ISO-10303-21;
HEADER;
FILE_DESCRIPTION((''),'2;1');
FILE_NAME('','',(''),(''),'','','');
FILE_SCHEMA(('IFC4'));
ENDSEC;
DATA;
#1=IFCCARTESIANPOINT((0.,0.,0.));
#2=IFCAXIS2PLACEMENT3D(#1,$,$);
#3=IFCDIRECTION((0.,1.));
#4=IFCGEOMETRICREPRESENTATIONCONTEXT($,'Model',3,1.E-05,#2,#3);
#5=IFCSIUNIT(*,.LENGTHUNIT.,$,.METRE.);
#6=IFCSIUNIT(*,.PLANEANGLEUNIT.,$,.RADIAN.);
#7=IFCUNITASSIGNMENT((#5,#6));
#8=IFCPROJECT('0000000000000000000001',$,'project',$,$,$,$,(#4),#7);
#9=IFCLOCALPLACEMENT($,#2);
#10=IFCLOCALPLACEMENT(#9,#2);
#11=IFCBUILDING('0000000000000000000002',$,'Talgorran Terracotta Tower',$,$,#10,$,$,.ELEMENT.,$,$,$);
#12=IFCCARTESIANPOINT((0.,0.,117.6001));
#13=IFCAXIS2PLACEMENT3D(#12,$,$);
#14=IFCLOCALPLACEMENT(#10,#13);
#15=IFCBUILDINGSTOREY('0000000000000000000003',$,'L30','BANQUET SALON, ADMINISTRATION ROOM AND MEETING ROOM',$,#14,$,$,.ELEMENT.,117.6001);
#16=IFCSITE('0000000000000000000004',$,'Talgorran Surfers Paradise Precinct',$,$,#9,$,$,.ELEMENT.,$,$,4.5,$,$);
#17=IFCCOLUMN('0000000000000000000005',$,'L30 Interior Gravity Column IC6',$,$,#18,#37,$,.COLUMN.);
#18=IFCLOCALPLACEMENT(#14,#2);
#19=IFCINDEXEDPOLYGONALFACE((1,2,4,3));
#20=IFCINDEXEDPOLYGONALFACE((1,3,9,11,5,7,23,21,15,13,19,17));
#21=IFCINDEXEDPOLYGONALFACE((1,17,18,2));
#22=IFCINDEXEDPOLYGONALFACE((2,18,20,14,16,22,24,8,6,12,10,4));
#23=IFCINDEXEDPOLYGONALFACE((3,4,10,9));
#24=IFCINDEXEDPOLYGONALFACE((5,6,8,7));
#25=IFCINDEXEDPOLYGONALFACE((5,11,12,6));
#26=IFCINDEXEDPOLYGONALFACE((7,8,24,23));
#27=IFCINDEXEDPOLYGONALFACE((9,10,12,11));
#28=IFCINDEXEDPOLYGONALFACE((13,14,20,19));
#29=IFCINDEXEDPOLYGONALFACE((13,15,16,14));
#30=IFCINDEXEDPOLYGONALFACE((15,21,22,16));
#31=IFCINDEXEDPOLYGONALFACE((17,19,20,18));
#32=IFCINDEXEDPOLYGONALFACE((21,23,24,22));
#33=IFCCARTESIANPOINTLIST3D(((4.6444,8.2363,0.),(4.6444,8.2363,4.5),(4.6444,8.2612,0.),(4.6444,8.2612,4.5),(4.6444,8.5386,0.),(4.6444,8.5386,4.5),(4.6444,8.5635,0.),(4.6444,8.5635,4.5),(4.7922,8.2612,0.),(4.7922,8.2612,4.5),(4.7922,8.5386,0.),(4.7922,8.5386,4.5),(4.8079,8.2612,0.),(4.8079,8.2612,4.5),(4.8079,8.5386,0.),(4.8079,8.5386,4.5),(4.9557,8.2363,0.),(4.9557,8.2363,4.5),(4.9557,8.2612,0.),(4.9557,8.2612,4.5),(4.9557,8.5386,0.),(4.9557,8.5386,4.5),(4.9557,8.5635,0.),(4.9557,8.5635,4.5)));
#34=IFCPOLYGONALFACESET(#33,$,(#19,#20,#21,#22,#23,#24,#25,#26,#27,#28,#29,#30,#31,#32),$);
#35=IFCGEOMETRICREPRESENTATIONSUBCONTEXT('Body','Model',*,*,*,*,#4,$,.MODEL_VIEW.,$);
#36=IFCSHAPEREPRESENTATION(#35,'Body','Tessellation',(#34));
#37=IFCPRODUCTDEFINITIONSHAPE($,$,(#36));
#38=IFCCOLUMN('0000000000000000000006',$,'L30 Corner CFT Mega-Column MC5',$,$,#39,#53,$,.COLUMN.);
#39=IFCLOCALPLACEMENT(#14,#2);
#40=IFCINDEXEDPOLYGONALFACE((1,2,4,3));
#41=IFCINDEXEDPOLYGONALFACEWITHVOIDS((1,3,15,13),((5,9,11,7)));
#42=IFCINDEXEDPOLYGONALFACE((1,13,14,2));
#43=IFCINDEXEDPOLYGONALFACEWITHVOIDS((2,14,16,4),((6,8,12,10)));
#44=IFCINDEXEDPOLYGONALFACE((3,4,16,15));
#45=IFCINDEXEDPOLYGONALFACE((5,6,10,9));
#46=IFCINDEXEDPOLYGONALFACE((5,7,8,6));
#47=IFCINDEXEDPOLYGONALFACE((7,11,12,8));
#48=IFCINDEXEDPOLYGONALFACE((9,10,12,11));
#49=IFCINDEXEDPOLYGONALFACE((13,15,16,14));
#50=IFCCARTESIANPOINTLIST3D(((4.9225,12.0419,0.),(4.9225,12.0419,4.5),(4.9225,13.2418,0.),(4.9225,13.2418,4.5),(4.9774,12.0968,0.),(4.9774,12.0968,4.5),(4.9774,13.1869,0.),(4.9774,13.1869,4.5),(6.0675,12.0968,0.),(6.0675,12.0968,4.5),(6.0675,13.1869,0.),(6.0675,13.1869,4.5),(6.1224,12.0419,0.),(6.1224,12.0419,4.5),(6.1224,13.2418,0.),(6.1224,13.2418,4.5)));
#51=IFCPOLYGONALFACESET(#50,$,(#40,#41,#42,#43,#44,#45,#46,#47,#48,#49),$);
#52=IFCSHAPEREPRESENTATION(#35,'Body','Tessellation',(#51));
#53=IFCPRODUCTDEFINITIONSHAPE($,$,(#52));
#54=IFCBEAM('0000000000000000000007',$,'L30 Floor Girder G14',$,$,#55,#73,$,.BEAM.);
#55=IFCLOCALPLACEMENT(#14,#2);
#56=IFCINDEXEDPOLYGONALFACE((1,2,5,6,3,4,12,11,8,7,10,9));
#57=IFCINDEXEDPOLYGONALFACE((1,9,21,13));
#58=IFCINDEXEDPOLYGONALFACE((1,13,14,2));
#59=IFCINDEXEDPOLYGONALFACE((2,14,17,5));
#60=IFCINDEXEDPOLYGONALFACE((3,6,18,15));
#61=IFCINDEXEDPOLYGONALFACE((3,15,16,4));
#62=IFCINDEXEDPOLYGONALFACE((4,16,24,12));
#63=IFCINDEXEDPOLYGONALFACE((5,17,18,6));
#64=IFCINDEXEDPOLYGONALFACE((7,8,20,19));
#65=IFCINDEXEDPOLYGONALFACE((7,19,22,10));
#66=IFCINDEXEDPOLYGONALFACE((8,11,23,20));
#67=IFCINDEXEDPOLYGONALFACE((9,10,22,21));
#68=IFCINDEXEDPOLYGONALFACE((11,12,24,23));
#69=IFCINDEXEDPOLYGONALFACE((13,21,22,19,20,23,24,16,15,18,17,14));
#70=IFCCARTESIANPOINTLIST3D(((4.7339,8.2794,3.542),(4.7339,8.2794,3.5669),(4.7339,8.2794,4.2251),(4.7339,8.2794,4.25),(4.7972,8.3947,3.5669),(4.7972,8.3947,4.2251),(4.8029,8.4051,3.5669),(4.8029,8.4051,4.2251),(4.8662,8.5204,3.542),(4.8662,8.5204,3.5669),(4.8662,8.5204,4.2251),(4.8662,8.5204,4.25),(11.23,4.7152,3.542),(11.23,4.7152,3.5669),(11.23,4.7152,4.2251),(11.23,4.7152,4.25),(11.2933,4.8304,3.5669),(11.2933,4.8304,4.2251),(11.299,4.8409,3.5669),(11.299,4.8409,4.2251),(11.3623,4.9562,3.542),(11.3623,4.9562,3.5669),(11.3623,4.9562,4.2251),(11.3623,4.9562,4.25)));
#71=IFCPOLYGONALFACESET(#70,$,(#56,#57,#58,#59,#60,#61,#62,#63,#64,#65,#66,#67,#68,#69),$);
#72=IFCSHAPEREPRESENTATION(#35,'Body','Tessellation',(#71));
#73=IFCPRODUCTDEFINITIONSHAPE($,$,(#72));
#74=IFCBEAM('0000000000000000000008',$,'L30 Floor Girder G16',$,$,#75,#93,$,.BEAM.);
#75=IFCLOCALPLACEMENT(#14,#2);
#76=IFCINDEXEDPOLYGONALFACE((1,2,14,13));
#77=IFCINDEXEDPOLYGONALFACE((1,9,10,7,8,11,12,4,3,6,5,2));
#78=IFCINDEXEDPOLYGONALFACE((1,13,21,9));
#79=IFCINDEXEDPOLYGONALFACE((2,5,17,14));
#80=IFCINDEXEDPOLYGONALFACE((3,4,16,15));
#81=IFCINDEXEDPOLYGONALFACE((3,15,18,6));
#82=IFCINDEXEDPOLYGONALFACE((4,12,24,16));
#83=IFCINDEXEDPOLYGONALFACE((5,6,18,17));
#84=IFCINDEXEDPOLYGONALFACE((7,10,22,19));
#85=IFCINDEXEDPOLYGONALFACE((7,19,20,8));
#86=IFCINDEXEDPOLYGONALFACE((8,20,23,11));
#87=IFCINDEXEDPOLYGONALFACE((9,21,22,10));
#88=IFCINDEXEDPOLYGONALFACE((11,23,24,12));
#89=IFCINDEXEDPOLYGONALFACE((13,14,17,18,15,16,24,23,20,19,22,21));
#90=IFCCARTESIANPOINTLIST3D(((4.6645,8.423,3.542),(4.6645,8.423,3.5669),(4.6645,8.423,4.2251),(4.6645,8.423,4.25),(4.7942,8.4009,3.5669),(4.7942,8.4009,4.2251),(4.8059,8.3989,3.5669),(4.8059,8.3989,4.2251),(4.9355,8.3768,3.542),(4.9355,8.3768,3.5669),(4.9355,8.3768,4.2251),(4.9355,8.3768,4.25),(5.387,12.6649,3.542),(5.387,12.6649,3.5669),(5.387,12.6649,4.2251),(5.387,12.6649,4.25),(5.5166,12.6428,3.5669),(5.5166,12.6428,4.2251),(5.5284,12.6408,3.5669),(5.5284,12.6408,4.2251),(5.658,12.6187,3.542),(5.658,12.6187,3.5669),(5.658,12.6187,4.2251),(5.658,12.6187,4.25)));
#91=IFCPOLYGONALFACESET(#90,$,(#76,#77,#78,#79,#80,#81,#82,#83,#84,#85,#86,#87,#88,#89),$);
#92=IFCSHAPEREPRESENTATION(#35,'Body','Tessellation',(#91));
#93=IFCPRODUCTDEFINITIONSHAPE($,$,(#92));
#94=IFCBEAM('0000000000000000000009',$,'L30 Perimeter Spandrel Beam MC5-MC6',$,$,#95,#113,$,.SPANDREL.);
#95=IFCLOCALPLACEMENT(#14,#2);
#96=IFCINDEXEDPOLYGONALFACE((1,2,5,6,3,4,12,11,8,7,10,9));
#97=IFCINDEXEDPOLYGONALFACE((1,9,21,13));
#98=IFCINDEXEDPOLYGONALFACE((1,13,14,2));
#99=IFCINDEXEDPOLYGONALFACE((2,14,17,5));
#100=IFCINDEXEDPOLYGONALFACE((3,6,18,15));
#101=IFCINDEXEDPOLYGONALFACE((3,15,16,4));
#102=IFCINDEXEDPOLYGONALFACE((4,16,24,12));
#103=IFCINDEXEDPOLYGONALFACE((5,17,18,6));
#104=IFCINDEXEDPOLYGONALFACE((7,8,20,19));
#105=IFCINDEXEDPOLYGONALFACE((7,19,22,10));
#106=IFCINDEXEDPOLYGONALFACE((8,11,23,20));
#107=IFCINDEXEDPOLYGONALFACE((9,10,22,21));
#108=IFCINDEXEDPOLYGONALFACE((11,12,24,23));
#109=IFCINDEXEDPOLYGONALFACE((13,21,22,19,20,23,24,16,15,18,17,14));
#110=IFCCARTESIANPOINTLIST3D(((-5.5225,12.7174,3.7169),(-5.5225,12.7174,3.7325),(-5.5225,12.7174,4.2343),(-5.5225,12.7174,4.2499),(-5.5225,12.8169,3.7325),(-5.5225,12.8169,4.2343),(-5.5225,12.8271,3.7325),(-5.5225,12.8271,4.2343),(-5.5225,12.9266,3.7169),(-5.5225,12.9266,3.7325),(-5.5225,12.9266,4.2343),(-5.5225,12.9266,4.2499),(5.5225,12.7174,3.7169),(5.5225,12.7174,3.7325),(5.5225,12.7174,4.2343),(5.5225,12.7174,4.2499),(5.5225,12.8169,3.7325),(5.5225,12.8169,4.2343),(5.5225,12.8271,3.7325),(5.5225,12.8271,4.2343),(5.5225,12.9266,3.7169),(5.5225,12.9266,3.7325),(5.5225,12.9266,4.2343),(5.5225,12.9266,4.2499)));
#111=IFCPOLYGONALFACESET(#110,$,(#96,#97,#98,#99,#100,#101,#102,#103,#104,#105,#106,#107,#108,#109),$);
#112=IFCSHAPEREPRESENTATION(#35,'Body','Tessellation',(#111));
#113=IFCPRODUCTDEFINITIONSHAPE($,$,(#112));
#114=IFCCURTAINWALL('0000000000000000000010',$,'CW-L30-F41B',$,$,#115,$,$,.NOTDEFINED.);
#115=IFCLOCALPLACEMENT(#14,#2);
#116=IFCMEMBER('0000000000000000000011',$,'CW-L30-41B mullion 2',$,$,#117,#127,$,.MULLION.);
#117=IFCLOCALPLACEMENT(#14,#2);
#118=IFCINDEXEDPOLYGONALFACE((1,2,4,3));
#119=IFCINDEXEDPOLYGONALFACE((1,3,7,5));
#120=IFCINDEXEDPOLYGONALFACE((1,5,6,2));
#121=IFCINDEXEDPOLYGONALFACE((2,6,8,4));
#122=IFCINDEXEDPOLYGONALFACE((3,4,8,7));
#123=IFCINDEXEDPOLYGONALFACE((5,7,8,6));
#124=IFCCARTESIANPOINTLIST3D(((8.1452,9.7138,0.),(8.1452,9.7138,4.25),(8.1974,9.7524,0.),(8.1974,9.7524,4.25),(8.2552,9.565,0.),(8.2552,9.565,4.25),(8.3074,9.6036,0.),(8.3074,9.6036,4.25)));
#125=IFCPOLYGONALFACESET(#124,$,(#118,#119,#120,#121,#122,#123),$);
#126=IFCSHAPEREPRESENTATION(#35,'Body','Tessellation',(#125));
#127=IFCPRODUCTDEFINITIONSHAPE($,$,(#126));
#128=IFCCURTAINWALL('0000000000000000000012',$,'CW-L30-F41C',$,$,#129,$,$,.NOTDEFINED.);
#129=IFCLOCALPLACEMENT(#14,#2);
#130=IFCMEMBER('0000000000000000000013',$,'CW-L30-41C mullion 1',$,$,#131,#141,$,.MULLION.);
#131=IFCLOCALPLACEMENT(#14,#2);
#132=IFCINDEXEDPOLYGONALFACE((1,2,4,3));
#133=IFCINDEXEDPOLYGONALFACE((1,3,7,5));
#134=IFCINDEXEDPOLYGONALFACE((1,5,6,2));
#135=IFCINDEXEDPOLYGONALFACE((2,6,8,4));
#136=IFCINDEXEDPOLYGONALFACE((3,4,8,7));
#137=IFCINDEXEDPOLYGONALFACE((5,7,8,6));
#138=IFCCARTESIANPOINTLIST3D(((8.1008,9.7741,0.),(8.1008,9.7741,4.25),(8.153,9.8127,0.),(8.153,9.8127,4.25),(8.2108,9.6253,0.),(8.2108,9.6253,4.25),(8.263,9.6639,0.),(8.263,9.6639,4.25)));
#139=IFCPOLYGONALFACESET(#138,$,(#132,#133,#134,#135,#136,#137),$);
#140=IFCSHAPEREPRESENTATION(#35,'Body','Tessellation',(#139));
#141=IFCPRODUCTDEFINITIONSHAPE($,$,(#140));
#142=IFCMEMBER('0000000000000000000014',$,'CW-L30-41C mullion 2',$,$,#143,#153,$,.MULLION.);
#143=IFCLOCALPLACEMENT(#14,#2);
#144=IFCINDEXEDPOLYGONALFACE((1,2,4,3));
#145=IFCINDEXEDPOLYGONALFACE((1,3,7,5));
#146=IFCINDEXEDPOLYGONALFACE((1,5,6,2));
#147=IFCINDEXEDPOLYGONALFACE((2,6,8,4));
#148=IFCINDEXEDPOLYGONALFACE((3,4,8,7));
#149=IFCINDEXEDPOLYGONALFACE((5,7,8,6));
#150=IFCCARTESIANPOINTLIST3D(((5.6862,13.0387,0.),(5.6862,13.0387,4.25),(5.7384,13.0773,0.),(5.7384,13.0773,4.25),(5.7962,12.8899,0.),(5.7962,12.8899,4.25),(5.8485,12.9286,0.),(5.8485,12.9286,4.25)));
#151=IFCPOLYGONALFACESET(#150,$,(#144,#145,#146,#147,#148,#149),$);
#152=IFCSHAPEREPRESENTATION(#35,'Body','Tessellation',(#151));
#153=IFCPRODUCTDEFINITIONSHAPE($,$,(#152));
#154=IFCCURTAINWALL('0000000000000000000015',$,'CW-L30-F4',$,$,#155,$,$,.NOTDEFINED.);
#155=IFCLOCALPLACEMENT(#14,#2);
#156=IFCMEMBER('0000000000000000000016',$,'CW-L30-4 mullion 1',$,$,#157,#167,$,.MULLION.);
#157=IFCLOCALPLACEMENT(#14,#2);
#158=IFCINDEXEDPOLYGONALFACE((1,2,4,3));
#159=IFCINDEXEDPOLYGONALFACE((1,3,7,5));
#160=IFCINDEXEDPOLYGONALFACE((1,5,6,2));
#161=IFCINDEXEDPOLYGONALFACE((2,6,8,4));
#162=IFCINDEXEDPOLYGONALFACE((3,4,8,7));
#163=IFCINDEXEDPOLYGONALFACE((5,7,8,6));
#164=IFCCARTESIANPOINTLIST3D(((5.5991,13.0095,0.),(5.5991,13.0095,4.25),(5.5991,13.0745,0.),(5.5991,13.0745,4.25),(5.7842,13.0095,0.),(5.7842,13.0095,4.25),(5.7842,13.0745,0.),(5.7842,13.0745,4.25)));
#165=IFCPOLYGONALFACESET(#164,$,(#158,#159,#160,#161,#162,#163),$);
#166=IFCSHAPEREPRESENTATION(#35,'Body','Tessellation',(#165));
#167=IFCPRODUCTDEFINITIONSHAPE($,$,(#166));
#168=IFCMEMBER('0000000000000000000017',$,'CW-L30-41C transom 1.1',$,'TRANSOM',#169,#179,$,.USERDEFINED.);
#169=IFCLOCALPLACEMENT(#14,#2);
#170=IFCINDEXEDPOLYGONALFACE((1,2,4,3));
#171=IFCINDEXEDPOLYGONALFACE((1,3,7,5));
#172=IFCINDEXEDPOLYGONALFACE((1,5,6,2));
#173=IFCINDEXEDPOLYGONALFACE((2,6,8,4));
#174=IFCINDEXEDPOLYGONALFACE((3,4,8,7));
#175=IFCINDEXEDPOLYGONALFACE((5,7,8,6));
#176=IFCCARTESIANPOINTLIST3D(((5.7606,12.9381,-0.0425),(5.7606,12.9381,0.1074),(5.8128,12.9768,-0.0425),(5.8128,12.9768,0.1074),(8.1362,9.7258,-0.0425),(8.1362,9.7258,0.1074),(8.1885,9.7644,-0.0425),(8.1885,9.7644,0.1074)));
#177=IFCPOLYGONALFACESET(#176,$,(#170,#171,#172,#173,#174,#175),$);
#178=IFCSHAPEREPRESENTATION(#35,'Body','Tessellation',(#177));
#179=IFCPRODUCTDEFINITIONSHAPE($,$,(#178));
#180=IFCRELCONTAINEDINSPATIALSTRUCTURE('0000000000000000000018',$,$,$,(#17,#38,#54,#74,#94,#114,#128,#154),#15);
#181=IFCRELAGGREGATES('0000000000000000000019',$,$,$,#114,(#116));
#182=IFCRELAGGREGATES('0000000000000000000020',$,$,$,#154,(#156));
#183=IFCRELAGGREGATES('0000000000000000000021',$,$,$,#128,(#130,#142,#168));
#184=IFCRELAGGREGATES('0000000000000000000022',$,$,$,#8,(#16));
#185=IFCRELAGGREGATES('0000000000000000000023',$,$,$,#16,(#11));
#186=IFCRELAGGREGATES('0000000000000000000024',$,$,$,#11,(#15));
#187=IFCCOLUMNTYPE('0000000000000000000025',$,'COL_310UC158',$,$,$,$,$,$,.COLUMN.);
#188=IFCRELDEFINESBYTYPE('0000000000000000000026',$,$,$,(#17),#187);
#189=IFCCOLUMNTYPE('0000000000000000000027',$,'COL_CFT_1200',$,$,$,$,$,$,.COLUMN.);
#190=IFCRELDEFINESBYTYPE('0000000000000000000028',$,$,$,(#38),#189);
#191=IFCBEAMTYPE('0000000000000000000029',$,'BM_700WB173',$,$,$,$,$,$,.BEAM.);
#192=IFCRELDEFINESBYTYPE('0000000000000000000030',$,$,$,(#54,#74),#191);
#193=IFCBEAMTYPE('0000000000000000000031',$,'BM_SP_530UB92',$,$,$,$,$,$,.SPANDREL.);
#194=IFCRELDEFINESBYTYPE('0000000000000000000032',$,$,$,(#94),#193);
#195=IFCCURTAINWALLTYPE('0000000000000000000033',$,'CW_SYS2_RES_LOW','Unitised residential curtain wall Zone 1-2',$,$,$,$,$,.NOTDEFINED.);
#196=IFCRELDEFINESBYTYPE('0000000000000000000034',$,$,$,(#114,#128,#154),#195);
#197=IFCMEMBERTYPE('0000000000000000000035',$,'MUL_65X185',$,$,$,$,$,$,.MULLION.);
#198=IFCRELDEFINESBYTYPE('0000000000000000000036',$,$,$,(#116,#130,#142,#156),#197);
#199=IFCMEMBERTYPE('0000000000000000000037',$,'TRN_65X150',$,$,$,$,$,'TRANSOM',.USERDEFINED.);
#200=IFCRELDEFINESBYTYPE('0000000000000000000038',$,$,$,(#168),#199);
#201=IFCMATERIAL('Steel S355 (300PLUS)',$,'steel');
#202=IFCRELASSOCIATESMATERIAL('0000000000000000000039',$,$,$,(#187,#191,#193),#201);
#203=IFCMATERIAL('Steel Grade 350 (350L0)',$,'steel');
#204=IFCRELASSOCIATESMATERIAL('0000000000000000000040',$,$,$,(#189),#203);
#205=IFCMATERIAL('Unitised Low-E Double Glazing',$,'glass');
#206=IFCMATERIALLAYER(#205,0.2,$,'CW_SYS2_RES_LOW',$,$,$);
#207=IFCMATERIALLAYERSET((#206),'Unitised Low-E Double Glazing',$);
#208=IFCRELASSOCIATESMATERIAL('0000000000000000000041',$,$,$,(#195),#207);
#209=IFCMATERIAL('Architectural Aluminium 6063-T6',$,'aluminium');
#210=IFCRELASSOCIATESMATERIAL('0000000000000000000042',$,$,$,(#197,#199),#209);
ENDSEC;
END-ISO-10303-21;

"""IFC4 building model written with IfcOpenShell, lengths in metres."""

from ifc_helpers import new_model, si_unit, direction, frame, origin, origin_2d, place, context, subcontext, project, spatial, rectangle, hollow_rectangle, i_section, extrude, material, layer, layer_set, material_profile, profile_set, type_object, element, aggregate, save


model = new_model("IFC4")

# Units and contexts
model_context = context("Model", 3, precision=1e-05, world=origin(), true_north=direction((0.0, 1.0)))
body_context = subcontext(model_context, "Body", "Model", "MODEL_VIEW")
ifc_project = project(units=[si_unit("LENGTHUNIT", "METRE"), si_unit("PLANEANGLEUNIT", "RADIAN")], contexts=[model_context])

# Site, building, storey
site_placement = place(None, origin())
site = spatial("IfcSite", under=ifc_project, at=site_placement, Name="Talgorran Surfers Paradise Precinct", CompositionType="ELEMENT", RefElevation=4.5)
building_placement = place(site_placement, origin())
building = spatial("IfcBuilding", under=site, at=building_placement, Name="Talgorran Terracotta Tower", CompositionType="ELEMENT")
storey_placement = place(building_placement, frame((0.0, 0.0, 117.6001)))
storey = spatial("IfcBuildingStorey", under=building, at=storey_placement, Name="L30", Description="BANQUET SALON, ADMINISTRATION ROOM AND MEETING ROOM", CompositionType="ELEMENT", Elevation=117.6001)

# Columns
ifc_material_1 = material(Name="Steel S355 (300PLUS)", Category="steel")
ifc_material_profile_1 = material_profile(ifc_material_1, i_section(OverallWidth=0.3113, OverallDepth=0.3271, WebThickness=0.0156, FlangeThickness=0.0249, at=origin_2d()), Name="310UC158")
ifc_profile_set_1 = profile_set([ifc_material_profile_1], Name="Steel S355 (300PLUS)")
column_type_1 = type_object("IfcColumnType", Name="COL_310UC158", PredefinedType="COLUMN", material=ifc_profile_set_1)
column_1_placement = place(storey_placement, frame((4.8, 8.3999, 0.0), z_axis=(0.0, 0.0, 1.0), x_axis=(1.0, 0.0, 0.0)))
element("IfcColumn", 1, at=column_1_placement, inside=storey, type_object=column_type_1, Name="L30 Interior Gravity Column IC6", PredefinedType="COLUMN", context=body_context, shape_type="SweptSolid", body=[
    extrude(i_section(OverallWidth=0.3113, OverallDepth=0.3271, WebThickness=0.0156, FlangeThickness=0.0249, at=origin_2d()), origin(), (0.0, 0.0, 1.0), 4.5),
])
ifc_material_2 = material(Name="Steel Grade 350 (350L0)", Category="steel")
ifc_material_profile_2 = material_profile(ifc_material_2, hollow_rectangle(XDim=1.2, YDim=1.2, WallThickness=0.0549, at=origin_2d()), Name="CFT1200X1200X55")
ifc_profile_set_2 = profile_set([ifc_material_profile_2], Name="Steel Grade 350 (350L0)")
column_type_2 = type_object("IfcColumnType", Name="COL_CFT_1200", PredefinedType="COLUMN", material=ifc_profile_set_2)
column_2_placement = place(storey_placement, frame((5.5225, 12.6418, 0.0), z_axis=(0.0, 0.0, 1.0), x_axis=(1.0, 0.0, 0.0)))
element("IfcColumn", 2, at=column_2_placement, inside=storey, type_object=column_type_2, Name="L30 Corner CFT Mega-Column MC5", PredefinedType="COLUMN", context=body_context, shape_type="SweptSolid", body=[
    extrude(hollow_rectangle(XDim=1.2, YDim=1.2, WallThickness=0.0549, at=origin_2d()), origin(), (0.0, 0.0, 1.0), 4.5),
])

# Beams
ifc_material_profile_3 = material_profile(ifc_material_1, i_section(OverallWidth=0.2749, OverallDepth=0.708, WebThickness=0.012, FlangeThickness=0.0249, at=origin_2d()), Name="700WB173")
ifc_profile_set_3 = profile_set([ifc_material_profile_3], Name="Steel S355 (300PLUS)")
beam_type_1 = type_object("IfcBeamType", Name="BM_700WB173", PredefinedType="BEAM", material=ifc_profile_set_3)
beam_1_placement = place(storey_placement, frame((4.8, 8.3999, 3.896), z_axis=(0.876708, -0.481023, 0.0), x_axis=(0.481023, 0.876708, 0.0)))
element("IfcBeam", 3, at=beam_1_placement, inside=storey, type_object=beam_type_1, Name="L30 Floor Girder G14", PredefinedType="BEAM", context=body_context, shape_type="SweptSolid", body=[
    extrude(i_section(OverallWidth=0.2749, OverallDepth=0.708, WebThickness=0.012, FlangeThickness=0.0249, at=origin_2d()), origin(), (0.0, 0.0, 1.0), 7.4097),
])
beam_2_placement = place(storey_placement, frame((4.8, 8.3999, 3.896), z_axis=(0.167885, 0.985807, 0.0), x_axis=(-0.985807, 0.167885, 0.0)))
element("IfcBeam", 4, at=beam_2_placement, inside=storey, type_object=beam_type_1, Name="L30 Floor Girder G16", PredefinedType="BEAM", context=body_context, shape_type="SweptSolid", body=[
    extrude(i_section(OverallWidth=0.2749, OverallDepth=0.708, WebThickness=0.012, FlangeThickness=0.0249, at=origin_2d()), origin(), (0.0, 0.0, 1.0), 4.303),
])
ifc_material_profile_4 = material_profile(ifc_material_1, i_section(OverallWidth=0.2092, OverallDepth=0.533, WebThickness=0.0103, FlangeThickness=0.0156, at=origin_2d()), Name="530UB92.4")
ifc_profile_set_4 = profile_set([ifc_material_profile_4], Name="Steel S355 (300PLUS)")
beam_type_2 = type_object("IfcBeamType", Name="BM_SP_530UB92", PredefinedType="SPANDREL", material=ifc_profile_set_4)
beam_3_placement = place(storey_placement, frame((5.5225, 12.822, 3.9834), z_axis=(-1.0, 0.0, 0.0), x_axis=(0.0, -1.0, 0.0)))
element("IfcBeam", 5, at=beam_3_placement, inside=storey, type_object=beam_type_2, Name="L30 Perimeter Spandrel Beam MC5-MC6", PredefinedType="SPANDREL", context=body_context, shape_type="SweptSolid", body=[
    extrude(i_section(OverallWidth=0.2092, OverallDepth=0.533, WebThickness=0.0103, FlangeThickness=0.0156, at=origin_2d()), origin(), (0.0, 0.0, 1.0), 11.0449),
])

# Curtain wall, member
ifc_material_3 = material(Name="Unitised Low-E Double Glazing", Category="glass")
ifc_layer_1 = layer(ifc_material_3, 0.2, Name="CW_SYS2_RES_LOW")
ifc_layer_set_1 = layer_set([ifc_layer_1], Name="Unitised Low-E Double Glazing")
curtain_wall_type = type_object("IfcCurtainWallType", Name="CW_SYS2_RES_LOW", Description="Unitised residential curtain wall Zone 1-2", PredefinedType="NOTDEFINED", material=ifc_layer_set_1)
curtain_wall_1_placement = place(storey_placement, origin())
curtain_wall_1 = element("IfcCurtainWall", 6, at=curtain_wall_1_placement, inside=storey, type_object=curtain_wall_type, Name="CW-L30-F41B", PredefinedType="NOTDEFINED")
ifc_material_4 = material(Name="Architectural Aluminium 6063-T6", Category="aluminium")
ifc_material_profile_5 = material_profile(ifc_material_4, rectangle(XDim=0.0649, YDim=0.1851, at=origin_2d()), Name="CWM65X185")
ifc_profile_set_5 = profile_set([ifc_material_profile_5], Name="Architectural Aluminium 6063-T6")
member_type_1 = type_object("IfcMemberType", Name="MUL_65X185", PredefinedType="MULLION", material=ifc_profile_set_5)
member_1_placement = place(storey_placement, frame((8.2263, 9.6587, 0.0), z_axis=(0.0, 0.0, 1.0), x_axis=(-0.803999, -0.59463, 0.0)))
member_1 = element("IfcMember", 7, at=member_1_placement, type_object=member_type_1, Name="CW-L30-41B mullion 2", PredefinedType="MULLION", context=body_context, shape_type="SweptSolid", body=[
    extrude(rectangle(XDim=0.0649, YDim=0.1851, at=origin_2d()), origin(), (0.0, 0.0, 1.0), 4.25),
])
aggregate(curtain_wall_1, [member_1])

# Curtain wall, members
curtain_wall_2_placement = place(storey_placement, origin())
curtain_wall_2 = element("IfcCurtainWall", 8, at=curtain_wall_2_placement, inside=storey, type_object=curtain_wall_type, Name="CW-L30-F41C", PredefinedType="NOTDEFINED")
member_2_placement = place(storey_placement, frame((8.1819, 9.719, 0.0), z_axis=(0.0, 0.0, 1.0), x_axis=(-0.803996, -0.594634, 0.0)))
member_2 = element("IfcMember", 9, at=member_2_placement, type_object=member_type_1, Name="CW-L30-41C mullion 1", PredefinedType="MULLION", context=body_context, shape_type="SweptSolid", body=[
    extrude(rectangle(XDim=0.0649, YDim=0.1851, at=origin_2d()), origin(), (0.0, 0.0, 1.0), 4.25),
])
member_3_placement = place(storey_placement, frame((5.7673, 12.9836, 0.0), z_axis=(0.0, 0.0, 1.0), x_axis=(-0.803996, -0.594634, 0.0)))
member_3 = element("IfcMember", 10, at=member_3_placement, type_object=member_type_1, Name="CW-L30-41C mullion 2", PredefinedType="MULLION", context=body_context, shape_type="SweptSolid", body=[
    extrude(rectangle(XDim=0.0649, YDim=0.1851, at=origin_2d()), origin(), (0.0, 0.0, 1.0), 4.25),
])

# Curtain wall, member
curtain_wall_3_placement = place(storey_placement, origin())
curtain_wall_3 = element("IfcCurtainWall", 11, at=curtain_wall_3_placement, inside=storey, type_object=curtain_wall_type, Name="CW-L30-F4", PredefinedType="NOTDEFINED")
member_4_placement = place(storey_placement, frame((5.6917, 13.042, 0.0), z_axis=(0.0, 0.0, 1.0), x_axis=(0.0, -1.0, 0.0)))
member_4 = element("IfcMember", 12, at=member_4_placement, type_object=member_type_1, Name="CW-L30-4 mullion 1", PredefinedType="MULLION", context=body_context, shape_type="SweptSolid", body=[
    extrude(rectangle(XDim=0.0649, YDim=0.1851, at=origin_2d()), origin(), (0.0, 0.0, 1.0), 4.25),
])

# Member
ifc_material_profile_6 = material_profile(ifc_material_4, rectangle(XDim=0.0649, YDim=0.1499, at=origin_2d()), Name="CWT65X150")
ifc_profile_set_6 = profile_set([ifc_material_profile_6], Name="Architectural Aluminium 6063-T6")
member_type_2 = type_object("IfcMemberType", Name="TRN_65X150", ElementType="TRANSOM", PredefinedType="USERDEFINED", material=ifc_profile_set_6)
member_5_placement = place(storey_placement, frame((8.1624, 9.7451, 0.0325), z_axis=(-0.594609, 0.804015, 0.0), x_axis=(-0.804015, -0.594609, 0.0)))
member_5 = element("IfcMember", 13, at=member_5_placement, type_object=member_type_2, Name="CW-L30-41C transom 1.1", ObjectType="TRANSOM", PredefinedType="USERDEFINED", context=body_context, shape_type="SweptSolid", body=[
    extrude(rectangle(XDim=0.0649, YDim=0.1499, at=origin_2d()), origin(), (0.0, 0.0, 1.0), 3.9954),
])
aggregate(curtain_wall_3, [member_4])

aggregate(curtain_wall_2, [member_2, member_3, member_5])

save(model, "model.ifc")
